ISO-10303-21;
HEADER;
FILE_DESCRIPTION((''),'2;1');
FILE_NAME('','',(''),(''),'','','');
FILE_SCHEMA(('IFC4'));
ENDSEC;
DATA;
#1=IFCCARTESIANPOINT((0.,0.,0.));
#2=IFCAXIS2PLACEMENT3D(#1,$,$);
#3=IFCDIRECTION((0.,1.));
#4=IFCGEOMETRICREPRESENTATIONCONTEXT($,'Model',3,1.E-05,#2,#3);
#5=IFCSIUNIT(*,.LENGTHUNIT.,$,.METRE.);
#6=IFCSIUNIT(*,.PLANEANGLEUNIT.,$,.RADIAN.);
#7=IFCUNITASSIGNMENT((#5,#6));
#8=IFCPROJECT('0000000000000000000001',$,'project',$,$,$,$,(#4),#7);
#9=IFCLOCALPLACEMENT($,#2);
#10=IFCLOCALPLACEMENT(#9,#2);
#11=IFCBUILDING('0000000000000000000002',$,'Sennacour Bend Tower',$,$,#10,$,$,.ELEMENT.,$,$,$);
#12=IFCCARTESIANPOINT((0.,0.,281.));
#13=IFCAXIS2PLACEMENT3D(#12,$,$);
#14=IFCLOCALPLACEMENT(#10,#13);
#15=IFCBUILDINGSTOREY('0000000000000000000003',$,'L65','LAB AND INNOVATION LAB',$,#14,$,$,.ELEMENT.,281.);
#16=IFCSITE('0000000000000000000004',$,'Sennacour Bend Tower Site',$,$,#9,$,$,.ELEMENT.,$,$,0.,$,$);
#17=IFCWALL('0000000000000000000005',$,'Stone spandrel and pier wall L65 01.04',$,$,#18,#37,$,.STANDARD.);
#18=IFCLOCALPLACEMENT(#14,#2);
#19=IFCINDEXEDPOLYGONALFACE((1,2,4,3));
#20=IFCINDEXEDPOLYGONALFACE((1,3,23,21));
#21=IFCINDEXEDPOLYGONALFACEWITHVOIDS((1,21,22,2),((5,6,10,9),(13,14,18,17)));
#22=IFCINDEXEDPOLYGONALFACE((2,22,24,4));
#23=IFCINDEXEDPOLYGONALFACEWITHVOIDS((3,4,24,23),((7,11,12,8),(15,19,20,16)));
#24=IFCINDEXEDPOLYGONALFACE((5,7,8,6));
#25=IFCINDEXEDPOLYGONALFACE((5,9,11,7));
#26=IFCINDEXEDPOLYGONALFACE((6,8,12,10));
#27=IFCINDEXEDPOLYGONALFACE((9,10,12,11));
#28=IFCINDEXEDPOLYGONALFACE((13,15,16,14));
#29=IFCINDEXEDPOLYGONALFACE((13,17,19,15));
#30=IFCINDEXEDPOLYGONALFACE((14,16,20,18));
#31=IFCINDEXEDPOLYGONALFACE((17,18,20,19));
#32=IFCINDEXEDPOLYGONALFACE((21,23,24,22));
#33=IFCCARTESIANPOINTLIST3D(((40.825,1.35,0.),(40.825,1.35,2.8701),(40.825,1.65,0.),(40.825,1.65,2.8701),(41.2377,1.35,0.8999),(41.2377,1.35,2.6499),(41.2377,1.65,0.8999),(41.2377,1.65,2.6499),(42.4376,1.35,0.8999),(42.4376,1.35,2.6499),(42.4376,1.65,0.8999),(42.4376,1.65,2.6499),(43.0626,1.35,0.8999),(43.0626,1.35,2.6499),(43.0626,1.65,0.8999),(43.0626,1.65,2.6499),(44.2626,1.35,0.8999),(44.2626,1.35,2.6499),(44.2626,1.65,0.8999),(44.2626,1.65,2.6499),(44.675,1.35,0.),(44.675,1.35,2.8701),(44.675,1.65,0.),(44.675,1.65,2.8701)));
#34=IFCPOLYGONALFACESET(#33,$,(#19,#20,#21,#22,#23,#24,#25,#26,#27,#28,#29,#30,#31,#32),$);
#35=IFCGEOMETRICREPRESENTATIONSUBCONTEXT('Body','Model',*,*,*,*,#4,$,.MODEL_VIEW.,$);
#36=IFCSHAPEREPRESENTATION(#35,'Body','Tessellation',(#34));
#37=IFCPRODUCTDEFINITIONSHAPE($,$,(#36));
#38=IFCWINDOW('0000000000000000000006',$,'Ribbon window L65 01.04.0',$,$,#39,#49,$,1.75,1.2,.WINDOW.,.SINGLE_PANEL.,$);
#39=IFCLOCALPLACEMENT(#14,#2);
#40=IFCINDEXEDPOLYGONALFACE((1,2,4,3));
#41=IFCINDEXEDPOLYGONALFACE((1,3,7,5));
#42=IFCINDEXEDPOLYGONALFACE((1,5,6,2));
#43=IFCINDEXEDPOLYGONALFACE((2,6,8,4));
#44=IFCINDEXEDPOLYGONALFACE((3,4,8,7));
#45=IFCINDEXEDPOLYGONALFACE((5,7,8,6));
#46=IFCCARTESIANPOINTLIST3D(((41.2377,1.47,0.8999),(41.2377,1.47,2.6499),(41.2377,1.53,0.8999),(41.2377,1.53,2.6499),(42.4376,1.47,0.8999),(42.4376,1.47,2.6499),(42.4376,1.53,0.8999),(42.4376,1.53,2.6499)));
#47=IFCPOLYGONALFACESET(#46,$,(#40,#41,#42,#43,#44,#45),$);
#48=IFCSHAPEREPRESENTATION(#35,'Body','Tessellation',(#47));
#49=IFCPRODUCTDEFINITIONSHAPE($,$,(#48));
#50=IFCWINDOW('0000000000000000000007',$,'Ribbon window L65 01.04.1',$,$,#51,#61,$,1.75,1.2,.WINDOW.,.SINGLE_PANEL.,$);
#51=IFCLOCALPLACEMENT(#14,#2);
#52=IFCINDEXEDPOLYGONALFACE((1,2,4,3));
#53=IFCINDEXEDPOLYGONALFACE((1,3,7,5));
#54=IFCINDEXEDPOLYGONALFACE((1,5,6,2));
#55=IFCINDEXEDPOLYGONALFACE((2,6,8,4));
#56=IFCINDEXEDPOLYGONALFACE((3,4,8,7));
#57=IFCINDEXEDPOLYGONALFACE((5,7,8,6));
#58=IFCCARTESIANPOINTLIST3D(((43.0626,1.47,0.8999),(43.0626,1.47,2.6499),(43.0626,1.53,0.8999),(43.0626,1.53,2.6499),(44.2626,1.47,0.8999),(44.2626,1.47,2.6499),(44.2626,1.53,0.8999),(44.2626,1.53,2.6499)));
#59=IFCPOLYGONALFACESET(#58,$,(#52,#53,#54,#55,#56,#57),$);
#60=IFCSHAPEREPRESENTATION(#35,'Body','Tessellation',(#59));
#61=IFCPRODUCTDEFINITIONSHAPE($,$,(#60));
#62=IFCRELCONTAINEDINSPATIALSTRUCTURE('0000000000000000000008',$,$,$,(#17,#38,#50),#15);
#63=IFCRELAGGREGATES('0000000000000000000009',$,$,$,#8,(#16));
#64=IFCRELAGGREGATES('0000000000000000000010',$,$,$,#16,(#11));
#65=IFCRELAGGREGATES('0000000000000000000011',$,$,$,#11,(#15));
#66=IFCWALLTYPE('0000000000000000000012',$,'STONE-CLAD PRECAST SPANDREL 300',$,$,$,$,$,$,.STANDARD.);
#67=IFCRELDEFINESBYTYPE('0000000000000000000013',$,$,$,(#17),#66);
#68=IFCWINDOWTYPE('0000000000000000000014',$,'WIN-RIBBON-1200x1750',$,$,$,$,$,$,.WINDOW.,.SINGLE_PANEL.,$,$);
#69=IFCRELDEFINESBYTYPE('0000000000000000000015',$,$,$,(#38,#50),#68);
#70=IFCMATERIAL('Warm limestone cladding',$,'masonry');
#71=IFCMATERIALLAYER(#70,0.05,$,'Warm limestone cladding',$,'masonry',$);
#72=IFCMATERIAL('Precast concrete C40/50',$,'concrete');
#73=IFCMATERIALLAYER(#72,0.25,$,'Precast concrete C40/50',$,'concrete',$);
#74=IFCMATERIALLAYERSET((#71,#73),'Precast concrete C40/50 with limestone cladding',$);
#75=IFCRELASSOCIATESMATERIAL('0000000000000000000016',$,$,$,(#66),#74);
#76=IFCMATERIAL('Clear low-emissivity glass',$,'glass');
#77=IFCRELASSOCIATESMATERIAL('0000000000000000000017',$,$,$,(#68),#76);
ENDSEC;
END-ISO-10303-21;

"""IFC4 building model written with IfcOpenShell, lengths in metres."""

from ifc_helpers import new_model, si_unit, direction, frame, frame_2d, origin, place, context, subcontext, project, spatial, rectangle, extrude, material, layer, layer_set, type_object, element, fill, save


model = new_model("IFC4")

# Units and contexts
model_context = context("Model", 3, precision=1e-05, world=origin(), true_north=direction((0.0, 1.0)))
body_context = subcontext(model_context, "Body", "Model", "MODEL_VIEW")
ifc_project = project(units=[si_unit("LENGTHUNIT", "METRE"), si_unit("PLANEANGLEUNIT", "RADIAN")], contexts=[model_context])

# Site, building, storey
site_placement = place(None, origin())
site = spatial("IfcSite", under=ifc_project, at=site_placement, Name="Sennacour Bend Tower Site", CompositionType="ELEMENT", RefElevation=0.0)
building_placement = place(site_placement, origin())
building = spatial("IfcBuilding", under=site, at=building_placement, Name="Sennacour Bend Tower", CompositionType="ELEMENT")
storey_placement = place(building_placement, frame((0.0, 0.0, 281.0)))
storey = spatial("IfcBuildingStorey", under=building, at=storey_placement, Name="L65", Description="LAB AND INNOVATION LAB", CompositionType="ELEMENT", Elevation=281.0)

# Wall, openings, windows
ifc_material_1 = material(Name="Warm limestone cladding", Category="masonry")
ifc_layer_1 = layer(ifc_material_1, 0.05, Name="Warm limestone cladding", Category="masonry")
ifc_material_2 = material(Name="Precast concrete C40/50", Category="concrete")
ifc_layer_2 = layer(ifc_material_2, 0.25, Name="Precast concrete C40/50", Category="concrete")
ifc_layer_set_1 = layer_set([ifc_layer_1, ifc_layer_2], Name="Precast concrete C40/50 with limestone cladding")
wall_type_1 = type_object("IfcWallType", Name="STONE-CLAD PRECAST SPANDREL 300", PredefinedType="STANDARD", material=ifc_layer_set_1)
ifc_material_3 = material(Name="Clear low-emissivity glass", Category="glass")
window_type = type_object("IfcWindowType", Name="WIN-RIBBON-1200x1750", PartitioningType="SINGLE_PANEL", PredefinedType="WINDOW", material=ifc_material_3)
wall_1_placement = place(storey_placement, frame((40.825, 1.5, 0.0), z_axis=(0.0, 0.0, 1.0), x_axis=(1.0, 0.0, 0.0)))
wall_1 = element("IfcWall", 1, at=wall_1_placement, inside=storey, type_object=wall_type_1, Name="Stone spandrel and pier wall L65 01.04", PredefinedType="STANDARD", context=body_context, shape_type="SweptSolid", body=[
    extrude(rectangle(XDim=3.8501, YDim=0.3, at=frame_2d((1.925, 0.0))), origin(), (0.0, 0.0, 1.0), 2.8701),
])
opening_1_placement = place(wall_1_placement, frame((0.4126, 0.0, 0.8999)))
opening_1 = element("IfcOpeningElement", 2, at=opening_1_placement, cuts=wall_1, PredefinedType="OPENING", context=body_context, shape_type="SweptSolid", body=[
    extrude(rectangle(XDim=1.2, YDim=1.75, at=frame_2d((0.6001, 0.875))), frame((0.0, 0.1602, 0.0), z_axis=(0.0, -1.0, 0.0), x_axis=(1.0, 0.0, 0.0)), (0.0, 0.0, 1.0), 0.3201),
])
opening_2_placement = place(wall_1_placement, frame((2.2375, 0.0, 0.8999)))
opening_2 = element("IfcOpeningElement", 3, at=opening_2_placement, cuts=wall_1, PredefinedType="OPENING", context=body_context, shape_type="SweptSolid", body=[
    extrude(rectangle(XDim=1.2, YDim=1.75, at=frame_2d((0.6001, 0.875))), frame((0.0, 0.1602, 0.0), z_axis=(0.0, -1.0, 0.0), x_axis=(1.0, 0.0, 0.0)), (0.0, 0.0, 1.0), 0.3201),
])
window_1_placement = place(opening_1_placement, origin())
window_1 = element("IfcWindow", 4, at=window_1_placement, inside=storey, type_object=window_type, Name="Ribbon window L65 01.04.0", OverallHeight=1.75, OverallWidth=1.2, PartitioningType="SINGLE_PANEL", PredefinedType="WINDOW", context=body_context, shape_type="SweptSolid", body=[
    extrude(rectangle(XDim=1.2, YDim=1.75, at=frame_2d((0.6001, 0.875))), frame((0.0, 0.03, 0.0), z_axis=(0.0, -1.0, 0.0), x_axis=(1.0, 0.0, 0.0)), (0.0, 0.0, 1.0), 0.0601),
])
fill(opening_1, window_1)
window_2_placement = place(opening_2_placement, origin())
window_2 = element("IfcWindow", 5, at=window_2_placement, inside=storey, type_object=window_type, Name="Ribbon window L65 01.04.1", OverallHeight=1.75, OverallWidth=1.2, PartitioningType="SINGLE_PANEL", PredefinedType="WINDOW", context=body_context, shape_type="SweptSolid", body=[
    extrude(rectangle(XDim=1.2, YDim=1.75, at=frame_2d((0.6001, 0.875))), frame((0.0, 0.03, 0.0), z_axis=(0.0, -1.0, 0.0), x_axis=(1.0, 0.0, 0.0)), (0.0, 0.0, 1.0), 0.0601),
])
fill(opening_2, window_2)

save(model, "model.ifc")
